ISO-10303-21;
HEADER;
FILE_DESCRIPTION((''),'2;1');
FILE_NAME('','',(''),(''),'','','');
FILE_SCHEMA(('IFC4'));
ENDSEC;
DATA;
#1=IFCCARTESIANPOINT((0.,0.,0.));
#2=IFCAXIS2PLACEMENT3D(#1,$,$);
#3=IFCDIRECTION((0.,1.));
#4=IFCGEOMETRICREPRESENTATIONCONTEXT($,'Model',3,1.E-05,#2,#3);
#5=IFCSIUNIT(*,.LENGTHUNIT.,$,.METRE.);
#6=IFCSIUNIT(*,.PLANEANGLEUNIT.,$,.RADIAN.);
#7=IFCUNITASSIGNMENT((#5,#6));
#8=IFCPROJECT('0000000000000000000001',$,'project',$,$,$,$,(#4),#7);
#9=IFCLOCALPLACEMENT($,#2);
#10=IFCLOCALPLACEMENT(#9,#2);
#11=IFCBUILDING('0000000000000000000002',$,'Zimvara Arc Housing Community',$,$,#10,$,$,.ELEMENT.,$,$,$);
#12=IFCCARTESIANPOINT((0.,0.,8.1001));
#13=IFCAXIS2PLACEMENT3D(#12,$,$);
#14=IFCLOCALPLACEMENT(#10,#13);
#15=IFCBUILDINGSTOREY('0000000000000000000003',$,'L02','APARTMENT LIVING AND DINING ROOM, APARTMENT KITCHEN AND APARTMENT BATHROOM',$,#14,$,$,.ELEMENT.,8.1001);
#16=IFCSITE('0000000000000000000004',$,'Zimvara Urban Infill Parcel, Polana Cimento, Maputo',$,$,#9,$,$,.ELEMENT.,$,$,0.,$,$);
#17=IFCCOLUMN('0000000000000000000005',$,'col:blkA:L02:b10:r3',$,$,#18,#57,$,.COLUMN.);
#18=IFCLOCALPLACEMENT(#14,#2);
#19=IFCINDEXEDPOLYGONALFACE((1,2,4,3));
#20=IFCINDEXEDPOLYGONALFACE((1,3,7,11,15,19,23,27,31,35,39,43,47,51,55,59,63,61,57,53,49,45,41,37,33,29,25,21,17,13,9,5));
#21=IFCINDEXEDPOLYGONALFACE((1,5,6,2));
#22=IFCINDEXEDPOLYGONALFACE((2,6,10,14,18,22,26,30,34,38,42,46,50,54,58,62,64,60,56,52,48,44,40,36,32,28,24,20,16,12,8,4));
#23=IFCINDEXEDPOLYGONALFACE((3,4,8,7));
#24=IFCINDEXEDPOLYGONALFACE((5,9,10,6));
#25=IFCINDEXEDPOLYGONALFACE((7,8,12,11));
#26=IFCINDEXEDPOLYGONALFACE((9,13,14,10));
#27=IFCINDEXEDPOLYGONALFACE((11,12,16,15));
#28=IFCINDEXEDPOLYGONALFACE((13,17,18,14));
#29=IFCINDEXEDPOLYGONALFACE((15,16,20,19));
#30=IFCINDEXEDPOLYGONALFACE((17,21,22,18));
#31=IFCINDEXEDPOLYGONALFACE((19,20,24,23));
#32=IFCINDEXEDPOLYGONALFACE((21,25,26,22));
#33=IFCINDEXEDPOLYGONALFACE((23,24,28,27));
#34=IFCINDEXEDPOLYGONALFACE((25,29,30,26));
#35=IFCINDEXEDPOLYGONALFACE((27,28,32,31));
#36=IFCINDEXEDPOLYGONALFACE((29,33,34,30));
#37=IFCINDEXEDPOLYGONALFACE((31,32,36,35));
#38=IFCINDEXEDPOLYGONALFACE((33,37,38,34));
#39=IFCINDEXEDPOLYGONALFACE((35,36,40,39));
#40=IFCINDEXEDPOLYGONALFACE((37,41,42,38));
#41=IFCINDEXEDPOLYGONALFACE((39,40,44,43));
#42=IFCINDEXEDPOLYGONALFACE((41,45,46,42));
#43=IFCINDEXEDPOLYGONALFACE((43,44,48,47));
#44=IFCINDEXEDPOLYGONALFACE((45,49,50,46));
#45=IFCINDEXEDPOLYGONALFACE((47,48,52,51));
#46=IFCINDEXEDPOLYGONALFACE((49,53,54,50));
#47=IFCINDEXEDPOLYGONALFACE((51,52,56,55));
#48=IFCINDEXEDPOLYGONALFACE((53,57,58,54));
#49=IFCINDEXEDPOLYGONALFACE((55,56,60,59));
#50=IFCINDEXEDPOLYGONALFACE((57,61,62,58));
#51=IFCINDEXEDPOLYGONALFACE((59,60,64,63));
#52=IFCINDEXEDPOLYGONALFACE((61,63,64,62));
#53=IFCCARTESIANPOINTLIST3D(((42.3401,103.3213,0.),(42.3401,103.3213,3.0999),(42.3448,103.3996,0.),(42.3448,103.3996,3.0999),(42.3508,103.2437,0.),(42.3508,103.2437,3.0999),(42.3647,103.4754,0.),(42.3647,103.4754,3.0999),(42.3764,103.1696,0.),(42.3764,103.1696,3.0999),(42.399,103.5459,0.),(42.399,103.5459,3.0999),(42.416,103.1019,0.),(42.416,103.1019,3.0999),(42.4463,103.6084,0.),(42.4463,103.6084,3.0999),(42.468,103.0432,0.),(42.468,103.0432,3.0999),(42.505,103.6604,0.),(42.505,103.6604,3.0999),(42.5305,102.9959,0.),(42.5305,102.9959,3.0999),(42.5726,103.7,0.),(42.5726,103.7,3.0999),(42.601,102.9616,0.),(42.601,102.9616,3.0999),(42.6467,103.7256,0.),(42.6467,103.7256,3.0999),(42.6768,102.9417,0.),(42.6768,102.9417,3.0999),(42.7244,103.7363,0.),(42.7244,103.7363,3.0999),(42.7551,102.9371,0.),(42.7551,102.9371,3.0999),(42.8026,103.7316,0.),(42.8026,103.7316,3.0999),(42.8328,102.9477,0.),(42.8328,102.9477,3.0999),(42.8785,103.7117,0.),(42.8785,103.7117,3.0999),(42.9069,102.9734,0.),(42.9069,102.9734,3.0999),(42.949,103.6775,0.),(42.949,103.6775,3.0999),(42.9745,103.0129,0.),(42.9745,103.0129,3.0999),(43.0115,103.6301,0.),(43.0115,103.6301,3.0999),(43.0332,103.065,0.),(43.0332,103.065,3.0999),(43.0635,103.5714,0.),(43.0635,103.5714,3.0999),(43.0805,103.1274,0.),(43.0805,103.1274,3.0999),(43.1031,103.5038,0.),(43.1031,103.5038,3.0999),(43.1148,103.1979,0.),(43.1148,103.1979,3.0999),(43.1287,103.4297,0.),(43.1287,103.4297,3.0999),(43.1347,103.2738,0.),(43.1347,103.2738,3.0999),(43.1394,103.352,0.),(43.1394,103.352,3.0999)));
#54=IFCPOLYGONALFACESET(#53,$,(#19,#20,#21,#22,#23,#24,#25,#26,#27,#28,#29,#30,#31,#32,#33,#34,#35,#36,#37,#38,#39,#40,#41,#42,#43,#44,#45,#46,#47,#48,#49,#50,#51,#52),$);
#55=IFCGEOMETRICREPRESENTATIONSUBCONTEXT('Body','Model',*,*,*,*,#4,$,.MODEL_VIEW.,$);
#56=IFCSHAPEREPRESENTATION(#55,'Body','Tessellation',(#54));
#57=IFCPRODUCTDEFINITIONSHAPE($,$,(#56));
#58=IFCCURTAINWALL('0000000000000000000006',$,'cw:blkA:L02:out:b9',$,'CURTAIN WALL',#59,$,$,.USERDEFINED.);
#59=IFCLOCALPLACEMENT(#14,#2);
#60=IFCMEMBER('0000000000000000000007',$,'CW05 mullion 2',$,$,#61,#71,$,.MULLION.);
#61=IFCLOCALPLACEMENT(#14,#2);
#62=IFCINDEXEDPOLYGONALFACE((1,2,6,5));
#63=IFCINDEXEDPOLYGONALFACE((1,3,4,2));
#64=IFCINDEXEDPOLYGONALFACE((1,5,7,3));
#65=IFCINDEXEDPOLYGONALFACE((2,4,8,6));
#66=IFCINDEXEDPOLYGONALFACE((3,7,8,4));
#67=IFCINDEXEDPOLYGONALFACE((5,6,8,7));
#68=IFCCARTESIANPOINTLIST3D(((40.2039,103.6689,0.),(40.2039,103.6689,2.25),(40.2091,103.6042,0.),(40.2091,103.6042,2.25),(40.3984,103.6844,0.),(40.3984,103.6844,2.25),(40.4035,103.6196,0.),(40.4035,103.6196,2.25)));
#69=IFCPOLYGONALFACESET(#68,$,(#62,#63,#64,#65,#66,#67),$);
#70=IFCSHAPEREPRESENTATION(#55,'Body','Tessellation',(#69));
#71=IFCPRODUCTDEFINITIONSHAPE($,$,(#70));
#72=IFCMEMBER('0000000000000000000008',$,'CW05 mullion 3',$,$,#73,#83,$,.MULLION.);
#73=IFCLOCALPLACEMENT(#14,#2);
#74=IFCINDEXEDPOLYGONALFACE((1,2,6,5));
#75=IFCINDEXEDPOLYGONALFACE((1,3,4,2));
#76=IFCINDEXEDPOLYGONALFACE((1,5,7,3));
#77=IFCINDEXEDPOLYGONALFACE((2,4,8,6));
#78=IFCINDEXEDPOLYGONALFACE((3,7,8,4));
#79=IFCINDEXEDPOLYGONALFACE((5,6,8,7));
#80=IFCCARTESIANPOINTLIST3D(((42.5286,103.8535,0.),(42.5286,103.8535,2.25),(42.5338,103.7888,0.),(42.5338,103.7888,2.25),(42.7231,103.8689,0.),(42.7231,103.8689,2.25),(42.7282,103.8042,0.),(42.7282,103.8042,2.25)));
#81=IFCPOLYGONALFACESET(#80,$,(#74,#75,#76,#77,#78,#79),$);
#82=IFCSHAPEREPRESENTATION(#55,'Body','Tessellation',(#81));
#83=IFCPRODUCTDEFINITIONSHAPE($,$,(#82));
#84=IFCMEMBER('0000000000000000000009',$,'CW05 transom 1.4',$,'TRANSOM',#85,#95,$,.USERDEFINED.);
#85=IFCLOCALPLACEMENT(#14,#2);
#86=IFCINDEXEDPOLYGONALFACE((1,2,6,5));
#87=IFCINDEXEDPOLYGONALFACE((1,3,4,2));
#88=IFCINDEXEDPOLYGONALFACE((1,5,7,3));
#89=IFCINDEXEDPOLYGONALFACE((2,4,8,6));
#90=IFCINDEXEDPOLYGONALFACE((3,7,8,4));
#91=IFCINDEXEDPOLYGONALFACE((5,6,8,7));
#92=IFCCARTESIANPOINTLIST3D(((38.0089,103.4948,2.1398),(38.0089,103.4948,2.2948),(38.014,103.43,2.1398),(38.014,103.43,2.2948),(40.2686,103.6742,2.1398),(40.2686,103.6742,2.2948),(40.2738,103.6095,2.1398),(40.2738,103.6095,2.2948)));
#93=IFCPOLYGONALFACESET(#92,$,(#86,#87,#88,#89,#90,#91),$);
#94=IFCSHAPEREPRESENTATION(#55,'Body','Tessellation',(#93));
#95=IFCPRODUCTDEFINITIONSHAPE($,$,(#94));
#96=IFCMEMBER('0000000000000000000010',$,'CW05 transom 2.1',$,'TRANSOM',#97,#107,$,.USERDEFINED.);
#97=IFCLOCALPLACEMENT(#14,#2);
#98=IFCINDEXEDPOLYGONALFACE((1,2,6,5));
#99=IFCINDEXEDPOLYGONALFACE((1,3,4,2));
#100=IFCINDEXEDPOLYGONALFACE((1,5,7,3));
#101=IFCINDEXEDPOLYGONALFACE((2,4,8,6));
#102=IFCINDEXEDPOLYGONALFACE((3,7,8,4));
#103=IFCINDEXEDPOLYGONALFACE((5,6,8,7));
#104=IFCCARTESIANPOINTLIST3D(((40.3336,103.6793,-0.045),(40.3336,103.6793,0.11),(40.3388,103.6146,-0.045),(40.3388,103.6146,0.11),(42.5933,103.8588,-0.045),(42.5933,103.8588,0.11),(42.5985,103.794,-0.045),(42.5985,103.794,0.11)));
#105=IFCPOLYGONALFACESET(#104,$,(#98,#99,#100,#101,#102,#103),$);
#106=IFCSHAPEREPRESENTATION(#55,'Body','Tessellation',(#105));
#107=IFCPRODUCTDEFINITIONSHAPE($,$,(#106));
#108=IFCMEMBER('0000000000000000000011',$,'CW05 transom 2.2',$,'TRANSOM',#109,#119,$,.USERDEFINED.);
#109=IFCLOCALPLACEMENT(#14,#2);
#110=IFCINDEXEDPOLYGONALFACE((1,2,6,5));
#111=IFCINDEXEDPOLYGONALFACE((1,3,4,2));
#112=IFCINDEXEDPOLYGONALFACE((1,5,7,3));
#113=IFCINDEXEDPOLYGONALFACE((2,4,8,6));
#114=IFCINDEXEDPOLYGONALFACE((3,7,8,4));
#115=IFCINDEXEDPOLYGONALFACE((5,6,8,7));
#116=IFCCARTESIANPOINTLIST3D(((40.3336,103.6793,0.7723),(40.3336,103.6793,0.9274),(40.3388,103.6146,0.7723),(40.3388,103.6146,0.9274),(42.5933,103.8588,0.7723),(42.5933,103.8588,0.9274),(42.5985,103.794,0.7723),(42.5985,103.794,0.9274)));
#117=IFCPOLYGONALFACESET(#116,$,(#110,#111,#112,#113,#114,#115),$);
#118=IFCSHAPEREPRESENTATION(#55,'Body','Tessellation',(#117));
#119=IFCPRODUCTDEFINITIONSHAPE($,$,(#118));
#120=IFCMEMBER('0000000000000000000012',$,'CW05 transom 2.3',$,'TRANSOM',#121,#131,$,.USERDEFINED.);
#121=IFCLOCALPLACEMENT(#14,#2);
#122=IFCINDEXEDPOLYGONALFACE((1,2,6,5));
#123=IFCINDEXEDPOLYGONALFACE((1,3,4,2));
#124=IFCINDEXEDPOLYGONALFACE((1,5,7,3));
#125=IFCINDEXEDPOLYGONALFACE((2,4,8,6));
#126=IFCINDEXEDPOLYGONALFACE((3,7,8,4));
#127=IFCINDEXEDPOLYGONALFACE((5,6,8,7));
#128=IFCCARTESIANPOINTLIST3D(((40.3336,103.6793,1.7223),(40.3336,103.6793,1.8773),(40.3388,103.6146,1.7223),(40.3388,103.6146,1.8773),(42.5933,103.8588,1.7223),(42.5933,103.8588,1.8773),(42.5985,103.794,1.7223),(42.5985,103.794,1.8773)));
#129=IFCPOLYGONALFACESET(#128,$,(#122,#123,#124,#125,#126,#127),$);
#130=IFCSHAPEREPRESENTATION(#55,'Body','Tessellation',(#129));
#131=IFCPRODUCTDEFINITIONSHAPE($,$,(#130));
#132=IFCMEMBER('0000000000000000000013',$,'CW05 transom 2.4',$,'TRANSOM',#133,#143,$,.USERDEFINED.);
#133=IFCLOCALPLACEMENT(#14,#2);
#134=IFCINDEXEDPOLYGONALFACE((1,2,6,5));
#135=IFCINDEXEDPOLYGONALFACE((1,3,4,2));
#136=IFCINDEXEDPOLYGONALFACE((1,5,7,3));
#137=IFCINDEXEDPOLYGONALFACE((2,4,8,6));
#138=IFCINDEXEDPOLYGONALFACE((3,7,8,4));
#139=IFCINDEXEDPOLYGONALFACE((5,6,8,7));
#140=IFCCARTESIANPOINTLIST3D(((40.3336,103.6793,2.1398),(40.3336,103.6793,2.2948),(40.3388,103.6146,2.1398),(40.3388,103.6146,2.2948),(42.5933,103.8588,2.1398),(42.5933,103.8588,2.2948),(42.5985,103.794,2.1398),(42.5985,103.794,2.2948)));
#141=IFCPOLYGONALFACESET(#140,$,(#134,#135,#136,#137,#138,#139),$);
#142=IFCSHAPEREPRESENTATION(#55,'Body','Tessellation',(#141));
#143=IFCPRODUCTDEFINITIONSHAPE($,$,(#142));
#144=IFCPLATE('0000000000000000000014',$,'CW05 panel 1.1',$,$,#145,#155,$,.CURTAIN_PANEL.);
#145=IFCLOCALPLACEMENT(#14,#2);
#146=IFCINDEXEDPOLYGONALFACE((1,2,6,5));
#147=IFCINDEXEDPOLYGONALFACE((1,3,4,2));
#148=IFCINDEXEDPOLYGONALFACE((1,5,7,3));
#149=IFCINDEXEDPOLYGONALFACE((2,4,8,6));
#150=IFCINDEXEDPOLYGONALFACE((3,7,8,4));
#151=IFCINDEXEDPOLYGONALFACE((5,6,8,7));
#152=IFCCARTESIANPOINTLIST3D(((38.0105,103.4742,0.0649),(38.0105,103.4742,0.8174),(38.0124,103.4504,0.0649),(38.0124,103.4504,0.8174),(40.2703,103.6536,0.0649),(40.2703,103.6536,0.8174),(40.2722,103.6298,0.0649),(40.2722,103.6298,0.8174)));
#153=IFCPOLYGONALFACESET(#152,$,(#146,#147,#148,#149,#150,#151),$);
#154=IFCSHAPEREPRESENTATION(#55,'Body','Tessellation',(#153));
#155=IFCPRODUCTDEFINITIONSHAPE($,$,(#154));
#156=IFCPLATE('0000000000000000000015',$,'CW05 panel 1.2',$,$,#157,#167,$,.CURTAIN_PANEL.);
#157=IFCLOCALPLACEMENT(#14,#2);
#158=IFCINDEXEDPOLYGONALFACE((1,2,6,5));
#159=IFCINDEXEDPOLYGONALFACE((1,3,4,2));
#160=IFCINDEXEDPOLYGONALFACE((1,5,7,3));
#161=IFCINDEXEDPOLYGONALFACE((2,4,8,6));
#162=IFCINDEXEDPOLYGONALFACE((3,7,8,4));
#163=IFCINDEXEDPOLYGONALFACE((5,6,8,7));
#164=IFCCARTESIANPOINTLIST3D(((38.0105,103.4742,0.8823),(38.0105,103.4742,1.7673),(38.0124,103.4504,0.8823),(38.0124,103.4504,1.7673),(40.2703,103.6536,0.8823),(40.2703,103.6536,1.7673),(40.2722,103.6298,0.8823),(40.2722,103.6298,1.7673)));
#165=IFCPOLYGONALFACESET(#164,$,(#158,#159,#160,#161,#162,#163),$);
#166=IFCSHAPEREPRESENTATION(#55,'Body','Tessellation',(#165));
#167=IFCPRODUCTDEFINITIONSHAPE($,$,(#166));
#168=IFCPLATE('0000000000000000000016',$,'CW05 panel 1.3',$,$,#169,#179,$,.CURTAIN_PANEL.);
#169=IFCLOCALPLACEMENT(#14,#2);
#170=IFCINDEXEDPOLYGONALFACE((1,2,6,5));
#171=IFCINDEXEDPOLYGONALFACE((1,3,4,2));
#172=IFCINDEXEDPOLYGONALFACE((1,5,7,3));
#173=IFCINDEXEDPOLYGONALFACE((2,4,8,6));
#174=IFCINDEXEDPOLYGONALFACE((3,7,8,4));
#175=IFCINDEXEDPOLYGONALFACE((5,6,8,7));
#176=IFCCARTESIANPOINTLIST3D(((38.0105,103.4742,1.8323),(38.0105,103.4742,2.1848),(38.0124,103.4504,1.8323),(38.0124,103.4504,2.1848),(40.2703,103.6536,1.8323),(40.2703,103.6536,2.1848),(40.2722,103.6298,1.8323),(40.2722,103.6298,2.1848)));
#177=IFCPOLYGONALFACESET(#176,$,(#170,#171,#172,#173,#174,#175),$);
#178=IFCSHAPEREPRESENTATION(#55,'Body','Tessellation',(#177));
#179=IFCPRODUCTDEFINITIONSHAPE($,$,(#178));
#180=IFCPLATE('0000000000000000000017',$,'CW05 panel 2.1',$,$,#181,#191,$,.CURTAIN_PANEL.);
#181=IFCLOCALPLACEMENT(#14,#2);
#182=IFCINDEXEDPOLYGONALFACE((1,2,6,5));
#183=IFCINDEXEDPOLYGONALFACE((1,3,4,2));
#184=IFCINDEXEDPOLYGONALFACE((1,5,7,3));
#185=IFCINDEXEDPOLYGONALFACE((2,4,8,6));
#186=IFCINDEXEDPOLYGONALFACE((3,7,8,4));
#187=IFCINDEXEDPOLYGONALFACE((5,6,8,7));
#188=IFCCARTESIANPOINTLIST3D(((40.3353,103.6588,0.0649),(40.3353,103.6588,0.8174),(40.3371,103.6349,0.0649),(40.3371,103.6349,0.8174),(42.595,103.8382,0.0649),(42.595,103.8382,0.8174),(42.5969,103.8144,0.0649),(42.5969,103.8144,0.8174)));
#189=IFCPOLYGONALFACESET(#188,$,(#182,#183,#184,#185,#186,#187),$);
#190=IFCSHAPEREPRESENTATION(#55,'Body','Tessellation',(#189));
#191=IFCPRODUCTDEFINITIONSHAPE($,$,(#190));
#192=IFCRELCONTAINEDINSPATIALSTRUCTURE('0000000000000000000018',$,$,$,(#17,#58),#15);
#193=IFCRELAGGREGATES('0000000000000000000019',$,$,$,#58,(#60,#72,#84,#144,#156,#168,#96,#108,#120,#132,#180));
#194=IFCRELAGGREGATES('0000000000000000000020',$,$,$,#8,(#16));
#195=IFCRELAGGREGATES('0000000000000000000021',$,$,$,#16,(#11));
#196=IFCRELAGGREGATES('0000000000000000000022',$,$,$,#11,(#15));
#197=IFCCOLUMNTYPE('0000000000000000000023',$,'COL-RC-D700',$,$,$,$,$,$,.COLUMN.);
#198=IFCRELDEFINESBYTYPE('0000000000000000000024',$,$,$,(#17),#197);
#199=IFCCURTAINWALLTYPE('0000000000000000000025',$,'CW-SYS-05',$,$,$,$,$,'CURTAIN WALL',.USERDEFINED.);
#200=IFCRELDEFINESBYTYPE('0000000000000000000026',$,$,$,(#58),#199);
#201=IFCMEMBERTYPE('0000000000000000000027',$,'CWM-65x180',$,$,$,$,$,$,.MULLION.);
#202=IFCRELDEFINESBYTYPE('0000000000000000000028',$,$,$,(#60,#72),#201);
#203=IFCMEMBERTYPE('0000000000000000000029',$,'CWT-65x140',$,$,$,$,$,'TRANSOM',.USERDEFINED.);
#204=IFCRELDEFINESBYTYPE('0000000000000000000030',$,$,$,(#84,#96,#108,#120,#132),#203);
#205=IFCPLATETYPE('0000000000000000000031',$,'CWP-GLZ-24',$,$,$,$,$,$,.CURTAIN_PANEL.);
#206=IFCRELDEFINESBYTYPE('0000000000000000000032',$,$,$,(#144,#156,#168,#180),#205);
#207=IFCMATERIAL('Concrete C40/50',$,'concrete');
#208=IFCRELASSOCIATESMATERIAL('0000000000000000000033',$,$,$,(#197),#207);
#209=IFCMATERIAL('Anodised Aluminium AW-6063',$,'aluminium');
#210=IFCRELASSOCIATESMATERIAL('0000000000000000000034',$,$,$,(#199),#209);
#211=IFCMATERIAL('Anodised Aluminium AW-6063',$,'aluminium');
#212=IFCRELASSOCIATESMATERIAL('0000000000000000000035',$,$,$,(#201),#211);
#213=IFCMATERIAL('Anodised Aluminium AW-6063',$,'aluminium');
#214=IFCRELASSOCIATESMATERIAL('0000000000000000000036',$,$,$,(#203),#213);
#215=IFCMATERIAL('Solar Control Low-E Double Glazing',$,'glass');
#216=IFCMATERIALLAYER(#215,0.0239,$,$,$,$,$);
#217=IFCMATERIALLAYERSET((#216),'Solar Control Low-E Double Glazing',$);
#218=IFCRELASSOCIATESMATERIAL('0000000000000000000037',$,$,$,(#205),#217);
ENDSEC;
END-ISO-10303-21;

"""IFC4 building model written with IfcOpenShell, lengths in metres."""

from ifc_helpers import new_model, si_unit, direction, frame, origin, origin_2d, place, context, subcontext, project, spatial, rectangle, circle, extrude, material, layer, layer_set, material_profile, profile_set, type_object, element, aggregate, save


model = new_model("IFC4")

# Units and contexts
model_context = context("Model", 3, precision=1e-05, world=origin(), true_north=direction((0.0, 1.0)))
body_context = subcontext(model_context, "Body", "Model", "MODEL_VIEW")
ifc_project = project(units=[si_unit("LENGTHUNIT", "METRE"), si_unit("PLANEANGLEUNIT", "RADIAN")], contexts=[model_context])

# Site, building, storey
site_placement = place(None, origin())
site = spatial("IfcSite", under=ifc_project, at=site_placement, Name="Zimvara Urban Infill Parcel, Polana Cimento, Maputo", CompositionType="ELEMENT", RefElevation=0.0)
building_placement = place(site_placement, origin())
building = spatial("IfcBuilding", under=site, at=building_placement, Name="Zimvara Arc Housing Community", CompositionType="ELEMENT")
storey_placement = place(building_placement, frame((0.0, 0.0, 8.1001)))
storey = spatial("IfcBuildingStorey", under=building, at=storey_placement, Name="L02", Description="APARTMENT LIVING AND DINING ROOM, APARTMENT KITCHEN AND APARTMENT BATHROOM", CompositionType="ELEMENT", Elevation=8.1001)

# Column
ifc_material_1 = material(Name="Concrete C40/50", Category="concrete")
ifc_material_profile_1 = material_profile(ifc_material_1, circle(Radius=0.3999, at=origin_2d()), Name="RC D800")
ifc_profile_set_1 = profile_set([ifc_material_profile_1], Name="Concrete C40/50")
column_type = type_object("IfcColumnType", Name="COL-RC-D700", PredefinedType="COLUMN", material=ifc_profile_set_1)
column_placement = place(storey_placement, frame((42.7397, 103.3367, 0.0), z_axis=(0.0, 0.0, 1.0), x_axis=(-0.038388, 0.999263, 0.0)))
element("IfcColumn", 1, at=column_placement, inside=storey, type_object=column_type, Name="col:blkA:L02:b10:r3", PredefinedType="COLUMN", context=body_context, shape_type="SweptSolid", body=[
    extrude(circle(Radius=0.3999, at=origin_2d()), origin(), (0.0, 0.0, 1.0), 3.0999),
])

# Curtain wall, members, plates
ifc_material_2 = material(Name="Anodised Aluminium AW-6063", Category="aluminium")
curtain_wall_type = type_object("IfcCurtainWallType", Name="CW-SYS-05", ElementType="CURTAIN WALL", PredefinedType="USERDEFINED", material=ifc_material_2)
curtain_wall_placement = place(storey_placement, origin())
curtain_wall = element("IfcCurtainWall", 2, at=curtain_wall_placement, inside=storey, type_object=curtain_wall_type, Name="cw:blkA:L02:out:b9", ObjectType="CURTAIN WALL", PredefinedType="USERDEFINED")
ifc_material_3 = material(Name="Anodised Aluminium AW-6063", Category="aluminium")
ifc_material_profile_2 = material_profile(ifc_material_3, rectangle(XDim=0.0649, YDim=0.1951, at=origin_2d()), Name="ALU 65x195")
ifc_profile_set_2 = profile_set([ifc_material_profile_2], Name="Anodised Aluminium AW-6063")
member_type_1 = type_object("IfcMemberType", Name="CWM-65x180", PredefinedType="MULLION", material=ifc_profile_set_2)
member_1_placement = place(storey_placement, frame((40.3037, 103.6443, 0.0), z_axis=(0.0, 0.0, 1.0), x_axis=(-0.079154, 0.996862, 0.0)))
member_1 = element("IfcMember", 3, at=member_1_placement, type_object=member_type_1, Name="CW05 mullion 2", PredefinedType="MULLION", context=body_context, shape_type="SweptSolid", body=[
    extrude(rectangle(XDim=0.0649, YDim=0.1951, at=origin_2d()), origin(), (0.0, 0.0, 1.0), 2.25),
])
member_2_placement = place(storey_placement, frame((42.6284, 103.8289, 0.0), z_axis=(0.0, 0.0, 1.0), x_axis=(-0.079154, 0.996862, 0.0)))
member_2 = element("IfcMember", 4, at=member_2_placement, type_object=member_type_1, Name="CW05 mullion 3", PredefinedType="MULLION", context=body_context, shape_type="SweptSolid", body=[
    extrude(rectangle(XDim=0.0649, YDim=0.1951, at=origin_2d()), origin(), (0.0, 0.0, 1.0), 2.25),
])
ifc_material_4 = material(Name="Anodised Aluminium AW-6063", Category="aluminium")
ifc_material_profile_3 = material_profile(ifc_material_4, rectangle(XDim=0.0649, YDim=0.155, at=origin_2d()), Name="ALU 65x155")
ifc_profile_set_3 = profile_set([ifc_material_profile_3], Name="Anodised Aluminium AW-6063")
member_type_2 = type_object("IfcMemberType", Name="CWT-65x140", ElementType="TRANSOM", PredefinedType="USERDEFINED", material=ifc_profile_set_3)
member_3_placement = place(storey_placement, frame((38.0115, 103.4624, 2.2173), z_axis=(0.996862, 0.079159, 0.0), x_axis=(-0.079159, 0.996862, 0.0)))
member_3 = element("IfcMember", 5, at=member_3_placement, type_object=member_type_2, Name="CW05 transom 1.4", ObjectType="TRANSOM", PredefinedType="USERDEFINED", context=body_context, shape_type="SweptSolid", body=[
    extrude(rectangle(XDim=0.0649, YDim=0.155, at=origin_2d()), origin(), (0.0, 0.0, 1.0), 2.2668),
])
member_4_placement = place(storey_placement, frame((40.3362, 103.647, 0.0325), z_axis=(0.996862, 0.079159, 0.0), x_axis=(-0.079159, 0.996862, 0.0)))
member_4 = element("IfcMember", 6, at=member_4_placement, type_object=member_type_2, Name="CW05 transom 2.1", ObjectType="TRANSOM", PredefinedType="USERDEFINED", context=body_context, shape_type="SweptSolid", body=[
    extrude(rectangle(XDim=0.0649, YDim=0.155, at=origin_2d()), origin(), (0.0, 0.0, 1.0), 2.2668),
])
member_5_placement = place(storey_placement, frame((40.3362, 103.647, 0.8499), z_axis=(0.996862, 0.079159, 0.0), x_axis=(-0.079159, 0.996862, 0.0)))
member_5 = element("IfcMember", 7, at=member_5_placement, type_object=member_type_2, Name="CW05 transom 2.2", ObjectType="TRANSOM", PredefinedType="USERDEFINED", context=body_context, shape_type="SweptSolid", body=[
    extrude(rectangle(XDim=0.0649, YDim=0.155, at=origin_2d()), origin(), (0.0, 0.0, 1.0), 2.2668),
])
member_6_placement = place(storey_placement, frame((40.3362, 103.647, 1.7998), z_axis=(0.996862, 0.079159, 0.0), x_axis=(-0.079159, 0.996862, 0.0)))
member_6 = element("IfcMember", 8, at=member_6_placement, type_object=member_type_2, Name="CW05 transom 2.3", ObjectType="TRANSOM", PredefinedType="USERDEFINED", context=body_context, shape_type="SweptSolid", body=[
    extrude(rectangle(XDim=0.0649, YDim=0.155, at=origin_2d()), origin(), (0.0, 0.0, 1.0), 2.2668),
])
member_7_placement = place(storey_placement, frame((40.3362, 103.647, 2.2173), z_axis=(0.996862, 0.079159, 0.0), x_axis=(-0.079159, 0.996862, 0.0)))
member_7 = element("IfcMember", 9, at=member_7_placement, type_object=member_type_2, Name="CW05 transom 2.4", ObjectType="TRANSOM", PredefinedType="USERDEFINED", context=body_context, shape_type="SweptSolid", body=[
    extrude(rectangle(XDim=0.0649, YDim=0.155, at=origin_2d()), origin(), (0.0, 0.0, 1.0), 2.2668),
])
ifc_material_5 = material(Name="Solar Control Low-E Double Glazing", Category="glass")
ifc_layer_1 = layer(ifc_material_5, 0.0239)
ifc_layer_set_1 = layer_set([ifc_layer_1], Name="Solar Control Low-E Double Glazing")
plate_type = type_object("IfcPlateType", Name="CWP-GLZ-24", PredefinedType="CURTAIN_PANEL", material=ifc_layer_set_1)
plate_1_placement = place(storey_placement, frame((39.1414, 103.552, 0.0649), z_axis=(0.0, 0.0, 1.0), x_axis=(0.996862, 0.079154, 0.0)))
plate_1 = element("IfcPlate", 10, at=plate_1_placement, type_object=plate_type, Name="CW05 panel 1.1", PredefinedType="CURTAIN_PANEL", context=body_context, shape_type="SweptSolid", body=[
    extrude(rectangle(XDim=2.2668, YDim=0.0239, at=origin_2d()), origin(), (0.0, 0.0, 1.0), 0.7524),
])
plate_2_placement = place(storey_placement, frame((39.1414, 103.552, 0.8823), z_axis=(0.0, 0.0, 1.0), x_axis=(0.996862, 0.079154, 0.0)))
plate_2 = element("IfcPlate", 11, at=plate_2_placement, type_object=plate_type, Name="CW05 panel 1.2", PredefinedType="CURTAIN_PANEL", context=body_context, shape_type="SweptSolid", body=[
    extrude(rectangle(XDim=2.2668, YDim=0.0239, at=origin_2d()), origin(), (0.0, 0.0, 1.0), 0.885),
])
plate_3_placement = place(storey_placement, frame((39.1414, 103.552, 1.8323), z_axis=(0.0, 0.0, 1.0), x_axis=(0.996862, 0.079154, 0.0)))
plate_3 = element("IfcPlate", 12, at=plate_3_placement, type_object=plate_type, Name="CW05 panel 1.3", PredefinedType="CURTAIN_PANEL", context=body_context, shape_type="SweptSolid", body=[
    extrude(rectangle(XDim=2.2668, YDim=0.0239, at=origin_2d()), origin(), (0.0, 0.0, 1.0), 0.3525),
])
plate_4_placement = place(storey_placement, frame((41.4661, 103.7366, 0.0649), z_axis=(0.0, 0.0, 1.0), x_axis=(0.996862, 0.079154, 0.0)))
plate_4 = element("IfcPlate", 13, at=plate_4_placement, type_object=plate_type, Name="CW05 panel 2.1", PredefinedType="CURTAIN_PANEL", context=body_context, shape_type="SweptSolid", body=[
    extrude(rectangle(XDim=2.2668, YDim=0.0239, at=origin_2d()), origin(), (0.0, 0.0, 1.0), 0.7524),
])
aggregate(curtain_wall, [member_1, member_2, member_3, plate_1, plate_2, plate_3, member_4, member_5, member_6, member_7, plate_4])

save(model, "model.ifc")
